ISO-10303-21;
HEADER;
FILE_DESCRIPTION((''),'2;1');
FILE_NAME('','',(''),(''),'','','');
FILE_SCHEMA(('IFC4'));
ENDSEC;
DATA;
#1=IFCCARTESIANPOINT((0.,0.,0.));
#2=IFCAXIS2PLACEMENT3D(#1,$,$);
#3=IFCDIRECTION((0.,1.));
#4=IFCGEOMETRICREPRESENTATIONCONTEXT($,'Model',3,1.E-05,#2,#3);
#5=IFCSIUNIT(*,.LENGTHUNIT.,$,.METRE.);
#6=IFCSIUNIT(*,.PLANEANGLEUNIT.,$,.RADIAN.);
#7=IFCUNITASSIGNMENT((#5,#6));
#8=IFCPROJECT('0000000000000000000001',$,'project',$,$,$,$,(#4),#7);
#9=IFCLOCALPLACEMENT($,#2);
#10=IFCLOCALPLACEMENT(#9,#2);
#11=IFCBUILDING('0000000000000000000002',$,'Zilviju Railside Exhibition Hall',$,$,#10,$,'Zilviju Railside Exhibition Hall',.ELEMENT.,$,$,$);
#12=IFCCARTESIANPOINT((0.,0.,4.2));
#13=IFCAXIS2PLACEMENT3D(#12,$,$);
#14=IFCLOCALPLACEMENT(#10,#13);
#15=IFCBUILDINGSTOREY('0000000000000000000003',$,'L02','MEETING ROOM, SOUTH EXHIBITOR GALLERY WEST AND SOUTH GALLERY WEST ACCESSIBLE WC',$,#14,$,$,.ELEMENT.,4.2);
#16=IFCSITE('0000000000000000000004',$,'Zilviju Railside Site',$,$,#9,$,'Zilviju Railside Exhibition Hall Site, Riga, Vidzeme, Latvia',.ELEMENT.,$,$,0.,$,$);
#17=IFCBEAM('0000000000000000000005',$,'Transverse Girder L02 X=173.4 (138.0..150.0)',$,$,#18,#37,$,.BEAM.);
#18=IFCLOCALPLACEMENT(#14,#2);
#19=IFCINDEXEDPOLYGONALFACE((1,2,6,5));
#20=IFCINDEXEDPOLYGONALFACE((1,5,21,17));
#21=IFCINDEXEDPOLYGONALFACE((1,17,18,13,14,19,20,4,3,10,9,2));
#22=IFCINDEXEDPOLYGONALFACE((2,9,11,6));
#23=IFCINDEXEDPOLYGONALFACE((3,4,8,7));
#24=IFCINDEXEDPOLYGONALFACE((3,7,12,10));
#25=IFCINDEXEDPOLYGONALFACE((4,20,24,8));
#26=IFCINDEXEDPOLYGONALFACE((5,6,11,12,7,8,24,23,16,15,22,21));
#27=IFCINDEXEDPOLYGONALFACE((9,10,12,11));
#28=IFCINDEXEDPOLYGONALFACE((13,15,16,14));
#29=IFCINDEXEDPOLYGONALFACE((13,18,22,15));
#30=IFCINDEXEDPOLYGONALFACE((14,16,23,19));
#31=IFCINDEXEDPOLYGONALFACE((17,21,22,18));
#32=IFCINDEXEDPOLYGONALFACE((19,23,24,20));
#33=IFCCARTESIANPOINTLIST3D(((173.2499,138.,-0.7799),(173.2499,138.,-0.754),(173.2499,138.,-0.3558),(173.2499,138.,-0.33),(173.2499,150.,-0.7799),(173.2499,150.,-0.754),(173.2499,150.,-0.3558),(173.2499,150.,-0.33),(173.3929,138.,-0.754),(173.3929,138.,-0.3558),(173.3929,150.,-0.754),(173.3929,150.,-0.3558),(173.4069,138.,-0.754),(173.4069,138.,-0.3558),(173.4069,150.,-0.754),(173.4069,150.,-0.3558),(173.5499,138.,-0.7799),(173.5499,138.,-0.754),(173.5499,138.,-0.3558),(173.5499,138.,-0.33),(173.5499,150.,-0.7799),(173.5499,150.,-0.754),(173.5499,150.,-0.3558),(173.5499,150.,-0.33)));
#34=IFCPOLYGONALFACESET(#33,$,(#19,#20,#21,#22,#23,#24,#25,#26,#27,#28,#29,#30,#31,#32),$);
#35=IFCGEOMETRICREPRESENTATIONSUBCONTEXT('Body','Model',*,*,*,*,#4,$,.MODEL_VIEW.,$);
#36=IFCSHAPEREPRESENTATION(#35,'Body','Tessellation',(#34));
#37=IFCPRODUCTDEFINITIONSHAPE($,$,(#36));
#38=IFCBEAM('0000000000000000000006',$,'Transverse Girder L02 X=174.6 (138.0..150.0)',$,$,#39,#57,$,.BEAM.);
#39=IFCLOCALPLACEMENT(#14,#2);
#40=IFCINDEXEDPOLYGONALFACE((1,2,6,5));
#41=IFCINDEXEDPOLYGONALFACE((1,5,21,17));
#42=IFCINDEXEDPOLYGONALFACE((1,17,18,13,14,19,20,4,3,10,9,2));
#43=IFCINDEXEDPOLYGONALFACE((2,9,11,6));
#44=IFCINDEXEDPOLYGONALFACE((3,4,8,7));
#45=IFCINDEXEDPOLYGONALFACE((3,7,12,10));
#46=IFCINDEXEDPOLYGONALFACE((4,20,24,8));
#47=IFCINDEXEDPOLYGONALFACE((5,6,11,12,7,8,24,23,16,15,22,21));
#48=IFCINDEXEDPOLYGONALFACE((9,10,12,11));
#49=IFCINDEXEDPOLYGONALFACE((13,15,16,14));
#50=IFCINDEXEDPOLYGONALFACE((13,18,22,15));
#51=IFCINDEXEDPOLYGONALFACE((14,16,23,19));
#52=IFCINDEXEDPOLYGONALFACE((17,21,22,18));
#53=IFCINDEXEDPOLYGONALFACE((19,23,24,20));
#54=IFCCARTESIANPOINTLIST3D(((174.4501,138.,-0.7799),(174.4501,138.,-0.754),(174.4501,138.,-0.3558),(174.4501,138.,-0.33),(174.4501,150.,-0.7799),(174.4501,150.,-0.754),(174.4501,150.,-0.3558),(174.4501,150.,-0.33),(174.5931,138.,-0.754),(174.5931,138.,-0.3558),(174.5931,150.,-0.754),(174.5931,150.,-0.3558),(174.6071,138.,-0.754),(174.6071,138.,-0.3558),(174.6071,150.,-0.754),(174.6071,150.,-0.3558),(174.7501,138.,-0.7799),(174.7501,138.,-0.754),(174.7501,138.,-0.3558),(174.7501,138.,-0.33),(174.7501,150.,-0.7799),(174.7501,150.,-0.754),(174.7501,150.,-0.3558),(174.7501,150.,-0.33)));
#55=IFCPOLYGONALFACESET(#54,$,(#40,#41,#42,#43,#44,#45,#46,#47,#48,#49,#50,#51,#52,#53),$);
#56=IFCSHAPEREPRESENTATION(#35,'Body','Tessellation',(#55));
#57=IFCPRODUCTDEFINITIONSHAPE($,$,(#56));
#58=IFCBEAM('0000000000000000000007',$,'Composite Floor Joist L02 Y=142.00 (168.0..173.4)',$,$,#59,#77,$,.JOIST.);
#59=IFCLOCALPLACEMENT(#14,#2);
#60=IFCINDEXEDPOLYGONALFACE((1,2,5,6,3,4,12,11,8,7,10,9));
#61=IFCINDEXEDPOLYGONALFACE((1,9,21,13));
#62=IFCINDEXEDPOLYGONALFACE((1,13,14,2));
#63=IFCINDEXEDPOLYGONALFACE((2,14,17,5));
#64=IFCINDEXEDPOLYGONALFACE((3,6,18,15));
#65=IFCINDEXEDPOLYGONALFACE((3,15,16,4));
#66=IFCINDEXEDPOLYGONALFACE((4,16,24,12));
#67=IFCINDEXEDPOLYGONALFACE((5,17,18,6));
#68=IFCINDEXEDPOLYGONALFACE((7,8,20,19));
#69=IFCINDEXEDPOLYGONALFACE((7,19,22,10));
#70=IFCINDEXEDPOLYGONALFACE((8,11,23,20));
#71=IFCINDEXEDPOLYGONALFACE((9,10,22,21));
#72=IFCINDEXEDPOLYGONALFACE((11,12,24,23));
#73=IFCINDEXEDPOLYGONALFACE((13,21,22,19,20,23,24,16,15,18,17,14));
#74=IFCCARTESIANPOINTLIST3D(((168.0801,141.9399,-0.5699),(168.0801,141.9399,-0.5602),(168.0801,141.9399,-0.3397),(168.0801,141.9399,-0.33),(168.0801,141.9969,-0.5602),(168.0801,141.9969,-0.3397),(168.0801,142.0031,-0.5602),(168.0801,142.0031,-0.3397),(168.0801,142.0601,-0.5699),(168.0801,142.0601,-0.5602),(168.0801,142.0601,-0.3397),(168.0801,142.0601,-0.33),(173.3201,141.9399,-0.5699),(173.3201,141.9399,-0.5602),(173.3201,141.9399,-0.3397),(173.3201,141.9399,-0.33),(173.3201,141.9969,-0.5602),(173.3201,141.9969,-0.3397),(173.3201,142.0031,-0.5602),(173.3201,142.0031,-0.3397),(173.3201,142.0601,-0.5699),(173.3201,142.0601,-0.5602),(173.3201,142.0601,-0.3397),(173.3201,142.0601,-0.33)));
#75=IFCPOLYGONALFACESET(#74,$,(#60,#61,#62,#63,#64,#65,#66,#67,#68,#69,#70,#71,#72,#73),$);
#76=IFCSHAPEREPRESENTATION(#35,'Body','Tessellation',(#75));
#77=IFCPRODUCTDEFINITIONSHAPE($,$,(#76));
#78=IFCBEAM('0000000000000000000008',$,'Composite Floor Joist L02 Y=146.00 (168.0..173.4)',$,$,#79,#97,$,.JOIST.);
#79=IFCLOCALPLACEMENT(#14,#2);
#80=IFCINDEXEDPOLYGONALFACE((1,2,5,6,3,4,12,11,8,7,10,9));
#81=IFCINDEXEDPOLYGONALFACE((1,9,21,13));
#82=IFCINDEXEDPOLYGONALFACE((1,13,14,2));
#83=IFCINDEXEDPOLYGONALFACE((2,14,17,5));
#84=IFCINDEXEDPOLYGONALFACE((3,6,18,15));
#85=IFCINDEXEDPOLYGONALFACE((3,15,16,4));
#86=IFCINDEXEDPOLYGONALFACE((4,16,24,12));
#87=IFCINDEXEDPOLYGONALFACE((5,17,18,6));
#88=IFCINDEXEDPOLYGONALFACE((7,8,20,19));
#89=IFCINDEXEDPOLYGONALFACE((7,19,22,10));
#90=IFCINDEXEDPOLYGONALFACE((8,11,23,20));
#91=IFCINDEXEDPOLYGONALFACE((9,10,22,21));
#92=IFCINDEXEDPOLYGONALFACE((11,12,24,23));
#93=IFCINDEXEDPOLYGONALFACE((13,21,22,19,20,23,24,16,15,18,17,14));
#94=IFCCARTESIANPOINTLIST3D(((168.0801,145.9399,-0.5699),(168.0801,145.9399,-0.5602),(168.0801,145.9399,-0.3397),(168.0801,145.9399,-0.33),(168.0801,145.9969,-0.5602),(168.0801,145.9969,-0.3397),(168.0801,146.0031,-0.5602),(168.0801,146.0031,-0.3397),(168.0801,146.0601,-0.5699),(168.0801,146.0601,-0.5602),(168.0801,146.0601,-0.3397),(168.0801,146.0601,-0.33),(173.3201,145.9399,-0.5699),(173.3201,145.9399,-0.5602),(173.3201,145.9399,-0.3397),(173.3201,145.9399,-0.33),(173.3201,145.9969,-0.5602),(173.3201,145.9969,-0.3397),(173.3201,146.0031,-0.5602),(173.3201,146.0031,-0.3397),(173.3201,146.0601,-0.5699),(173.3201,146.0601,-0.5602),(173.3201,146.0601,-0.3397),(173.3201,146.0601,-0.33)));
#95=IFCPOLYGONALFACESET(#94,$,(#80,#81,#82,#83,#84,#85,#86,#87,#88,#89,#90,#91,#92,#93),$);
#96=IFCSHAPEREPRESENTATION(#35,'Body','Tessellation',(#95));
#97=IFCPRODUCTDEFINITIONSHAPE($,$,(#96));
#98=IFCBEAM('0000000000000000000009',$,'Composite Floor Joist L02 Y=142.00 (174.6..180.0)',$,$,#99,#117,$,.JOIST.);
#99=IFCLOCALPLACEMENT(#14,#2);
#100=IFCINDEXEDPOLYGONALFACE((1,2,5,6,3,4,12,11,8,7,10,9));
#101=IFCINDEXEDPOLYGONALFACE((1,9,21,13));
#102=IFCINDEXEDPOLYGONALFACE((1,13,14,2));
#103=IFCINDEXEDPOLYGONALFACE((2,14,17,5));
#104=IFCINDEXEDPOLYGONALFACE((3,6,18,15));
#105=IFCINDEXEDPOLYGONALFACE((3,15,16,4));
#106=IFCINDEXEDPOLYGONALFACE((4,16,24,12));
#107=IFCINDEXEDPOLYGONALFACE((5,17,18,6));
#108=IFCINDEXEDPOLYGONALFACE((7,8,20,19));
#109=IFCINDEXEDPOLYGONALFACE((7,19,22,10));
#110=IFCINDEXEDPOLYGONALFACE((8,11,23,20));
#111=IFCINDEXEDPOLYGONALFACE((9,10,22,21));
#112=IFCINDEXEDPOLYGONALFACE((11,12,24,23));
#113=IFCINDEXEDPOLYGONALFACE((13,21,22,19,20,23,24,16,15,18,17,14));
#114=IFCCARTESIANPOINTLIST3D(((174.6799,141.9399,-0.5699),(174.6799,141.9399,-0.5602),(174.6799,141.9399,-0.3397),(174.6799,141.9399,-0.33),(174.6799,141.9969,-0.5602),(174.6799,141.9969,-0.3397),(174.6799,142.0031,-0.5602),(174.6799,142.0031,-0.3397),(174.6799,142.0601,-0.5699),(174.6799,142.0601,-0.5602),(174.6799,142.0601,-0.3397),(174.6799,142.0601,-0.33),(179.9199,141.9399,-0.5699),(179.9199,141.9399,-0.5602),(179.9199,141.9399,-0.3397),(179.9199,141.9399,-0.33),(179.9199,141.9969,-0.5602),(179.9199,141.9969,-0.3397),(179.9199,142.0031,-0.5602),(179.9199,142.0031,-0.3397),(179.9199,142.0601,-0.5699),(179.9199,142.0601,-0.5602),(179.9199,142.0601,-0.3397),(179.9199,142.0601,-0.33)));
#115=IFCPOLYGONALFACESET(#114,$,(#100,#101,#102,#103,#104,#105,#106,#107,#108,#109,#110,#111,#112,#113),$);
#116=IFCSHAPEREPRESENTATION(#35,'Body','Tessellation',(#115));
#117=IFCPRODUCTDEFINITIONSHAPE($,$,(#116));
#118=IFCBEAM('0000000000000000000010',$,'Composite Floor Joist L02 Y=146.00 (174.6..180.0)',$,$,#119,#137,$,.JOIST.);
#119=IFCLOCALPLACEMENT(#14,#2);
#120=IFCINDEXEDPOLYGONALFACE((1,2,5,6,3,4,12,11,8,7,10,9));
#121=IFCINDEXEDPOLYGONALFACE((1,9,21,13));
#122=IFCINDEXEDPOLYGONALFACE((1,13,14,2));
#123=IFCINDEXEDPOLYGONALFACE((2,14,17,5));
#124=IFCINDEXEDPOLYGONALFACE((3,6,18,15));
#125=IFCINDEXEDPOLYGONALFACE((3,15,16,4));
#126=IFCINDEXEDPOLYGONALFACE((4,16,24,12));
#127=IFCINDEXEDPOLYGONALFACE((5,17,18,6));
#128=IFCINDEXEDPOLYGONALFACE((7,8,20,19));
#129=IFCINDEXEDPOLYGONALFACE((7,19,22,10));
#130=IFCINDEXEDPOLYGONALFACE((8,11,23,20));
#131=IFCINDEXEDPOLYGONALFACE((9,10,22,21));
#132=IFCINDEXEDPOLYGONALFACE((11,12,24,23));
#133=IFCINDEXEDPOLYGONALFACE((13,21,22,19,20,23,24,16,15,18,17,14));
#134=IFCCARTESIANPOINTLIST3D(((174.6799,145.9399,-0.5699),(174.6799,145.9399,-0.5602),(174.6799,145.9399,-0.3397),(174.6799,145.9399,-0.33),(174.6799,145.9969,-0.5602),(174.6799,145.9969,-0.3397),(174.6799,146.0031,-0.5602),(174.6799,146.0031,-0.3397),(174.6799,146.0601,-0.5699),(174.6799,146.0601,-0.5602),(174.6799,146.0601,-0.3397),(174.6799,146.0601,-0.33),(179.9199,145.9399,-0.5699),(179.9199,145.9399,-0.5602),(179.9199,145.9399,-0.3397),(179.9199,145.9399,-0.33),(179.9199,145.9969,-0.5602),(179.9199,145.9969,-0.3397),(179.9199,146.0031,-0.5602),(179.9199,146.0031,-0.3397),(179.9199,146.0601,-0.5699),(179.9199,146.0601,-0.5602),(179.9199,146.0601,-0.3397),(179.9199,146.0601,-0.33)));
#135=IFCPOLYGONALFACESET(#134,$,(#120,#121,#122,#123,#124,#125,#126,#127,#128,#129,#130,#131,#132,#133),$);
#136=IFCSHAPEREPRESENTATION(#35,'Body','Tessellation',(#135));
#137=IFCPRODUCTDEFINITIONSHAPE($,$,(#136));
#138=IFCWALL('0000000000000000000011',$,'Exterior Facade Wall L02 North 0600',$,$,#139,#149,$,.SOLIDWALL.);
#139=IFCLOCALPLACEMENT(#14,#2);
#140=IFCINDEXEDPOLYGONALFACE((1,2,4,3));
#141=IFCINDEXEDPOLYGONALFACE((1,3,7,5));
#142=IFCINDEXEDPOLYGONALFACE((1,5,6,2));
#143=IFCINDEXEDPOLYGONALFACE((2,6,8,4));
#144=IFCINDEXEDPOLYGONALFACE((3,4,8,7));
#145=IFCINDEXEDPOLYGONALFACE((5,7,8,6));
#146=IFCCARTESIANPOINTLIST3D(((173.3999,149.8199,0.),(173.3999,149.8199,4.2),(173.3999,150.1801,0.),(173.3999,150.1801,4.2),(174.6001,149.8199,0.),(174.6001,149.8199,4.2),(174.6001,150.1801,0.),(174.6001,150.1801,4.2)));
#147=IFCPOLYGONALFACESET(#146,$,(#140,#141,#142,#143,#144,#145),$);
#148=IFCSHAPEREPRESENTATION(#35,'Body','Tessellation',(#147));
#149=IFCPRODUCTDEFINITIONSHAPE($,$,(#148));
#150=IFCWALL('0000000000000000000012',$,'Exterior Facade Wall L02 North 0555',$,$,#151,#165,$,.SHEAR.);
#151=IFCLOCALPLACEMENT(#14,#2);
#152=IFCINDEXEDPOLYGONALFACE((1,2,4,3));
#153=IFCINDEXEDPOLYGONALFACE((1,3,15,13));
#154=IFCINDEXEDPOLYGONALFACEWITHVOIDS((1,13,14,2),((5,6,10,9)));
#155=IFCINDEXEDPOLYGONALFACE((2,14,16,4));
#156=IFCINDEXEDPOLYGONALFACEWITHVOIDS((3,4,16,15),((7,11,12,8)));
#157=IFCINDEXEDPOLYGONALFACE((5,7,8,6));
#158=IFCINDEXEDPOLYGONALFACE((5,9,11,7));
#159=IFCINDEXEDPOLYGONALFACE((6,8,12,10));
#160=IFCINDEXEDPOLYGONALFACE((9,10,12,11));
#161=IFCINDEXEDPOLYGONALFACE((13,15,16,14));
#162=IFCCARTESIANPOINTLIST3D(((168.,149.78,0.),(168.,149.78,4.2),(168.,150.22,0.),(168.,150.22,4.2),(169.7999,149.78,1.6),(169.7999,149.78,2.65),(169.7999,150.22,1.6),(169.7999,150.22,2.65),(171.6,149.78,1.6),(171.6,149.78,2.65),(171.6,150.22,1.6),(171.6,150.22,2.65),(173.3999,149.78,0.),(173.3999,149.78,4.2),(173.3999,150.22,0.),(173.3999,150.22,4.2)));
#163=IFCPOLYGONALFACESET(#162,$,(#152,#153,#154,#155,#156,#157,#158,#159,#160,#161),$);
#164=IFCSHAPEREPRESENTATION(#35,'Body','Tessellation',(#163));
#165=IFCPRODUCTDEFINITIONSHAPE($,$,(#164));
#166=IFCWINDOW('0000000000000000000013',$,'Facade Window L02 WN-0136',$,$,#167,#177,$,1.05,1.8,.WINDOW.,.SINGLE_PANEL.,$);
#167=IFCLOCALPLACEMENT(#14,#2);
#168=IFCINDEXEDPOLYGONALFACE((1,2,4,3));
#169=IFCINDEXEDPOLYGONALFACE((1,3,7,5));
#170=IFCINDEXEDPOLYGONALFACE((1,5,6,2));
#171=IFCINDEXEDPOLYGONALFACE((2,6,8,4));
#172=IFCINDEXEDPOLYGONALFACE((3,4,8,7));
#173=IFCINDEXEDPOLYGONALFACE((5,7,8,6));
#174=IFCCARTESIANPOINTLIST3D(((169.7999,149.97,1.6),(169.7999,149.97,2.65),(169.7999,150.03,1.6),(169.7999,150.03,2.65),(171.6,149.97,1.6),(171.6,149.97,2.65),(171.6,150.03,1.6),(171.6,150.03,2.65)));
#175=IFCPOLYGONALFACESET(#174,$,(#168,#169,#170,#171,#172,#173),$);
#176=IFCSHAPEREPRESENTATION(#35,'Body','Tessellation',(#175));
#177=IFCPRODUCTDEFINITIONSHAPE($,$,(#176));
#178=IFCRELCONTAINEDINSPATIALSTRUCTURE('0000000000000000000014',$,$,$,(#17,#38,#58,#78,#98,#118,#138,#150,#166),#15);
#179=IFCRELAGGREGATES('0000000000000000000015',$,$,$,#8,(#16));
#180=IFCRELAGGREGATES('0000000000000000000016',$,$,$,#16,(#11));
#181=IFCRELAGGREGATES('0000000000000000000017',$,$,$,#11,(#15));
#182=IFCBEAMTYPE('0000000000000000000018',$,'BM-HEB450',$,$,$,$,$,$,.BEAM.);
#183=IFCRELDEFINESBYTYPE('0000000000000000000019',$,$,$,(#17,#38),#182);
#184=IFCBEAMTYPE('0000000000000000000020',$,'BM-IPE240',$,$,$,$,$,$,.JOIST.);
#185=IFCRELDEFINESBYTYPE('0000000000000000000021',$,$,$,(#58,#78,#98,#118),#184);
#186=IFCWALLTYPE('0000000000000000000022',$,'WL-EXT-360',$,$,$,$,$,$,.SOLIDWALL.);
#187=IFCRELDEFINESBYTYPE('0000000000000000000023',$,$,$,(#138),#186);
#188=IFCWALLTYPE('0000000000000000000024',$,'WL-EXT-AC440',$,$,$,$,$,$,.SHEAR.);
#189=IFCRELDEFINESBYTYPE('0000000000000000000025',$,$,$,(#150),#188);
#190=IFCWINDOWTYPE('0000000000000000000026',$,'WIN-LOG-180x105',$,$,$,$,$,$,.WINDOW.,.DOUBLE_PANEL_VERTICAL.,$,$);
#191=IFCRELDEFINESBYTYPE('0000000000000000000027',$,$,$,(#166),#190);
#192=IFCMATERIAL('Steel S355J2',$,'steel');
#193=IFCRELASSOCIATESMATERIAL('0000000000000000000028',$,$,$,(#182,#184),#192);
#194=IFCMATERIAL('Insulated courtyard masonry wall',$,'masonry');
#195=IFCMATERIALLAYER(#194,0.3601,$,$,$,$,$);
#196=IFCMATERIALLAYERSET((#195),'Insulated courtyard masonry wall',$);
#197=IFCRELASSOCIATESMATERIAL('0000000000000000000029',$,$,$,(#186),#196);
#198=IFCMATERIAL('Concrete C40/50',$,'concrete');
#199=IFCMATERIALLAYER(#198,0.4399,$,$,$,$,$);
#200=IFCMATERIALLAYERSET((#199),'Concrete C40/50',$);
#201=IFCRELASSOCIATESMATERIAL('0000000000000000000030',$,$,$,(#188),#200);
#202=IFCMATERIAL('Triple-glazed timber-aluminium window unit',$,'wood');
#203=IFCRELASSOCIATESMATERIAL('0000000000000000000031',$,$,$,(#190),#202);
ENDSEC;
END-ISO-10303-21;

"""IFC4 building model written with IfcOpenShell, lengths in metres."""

from ifc_helpers import new_model, si_unit, direction, frame, frame_2d, origin, origin_2d, place, context, subcontext, project, spatial, rectangle, i_section, extrude, material, layer, layer_set, material_profile, profile_set, type_object, element, fill, save


model = new_model("IFC4")

# Units and contexts
model_context = context("Model", 3, precision=1e-05, world=origin(), true_north=direction((0.0, 1.0)))
body_context = subcontext(model_context, "Body", "Model", "MODEL_VIEW")
ifc_project = project(units=[si_unit("LENGTHUNIT", "METRE"), si_unit("PLANEANGLEUNIT", "RADIAN")], contexts=[model_context])

# Site, building, storey
site_placement = place(None, origin())
site = spatial("IfcSite", under=ifc_project, at=site_placement, Name="Zilviju Railside Site", LongName="Zilviju Railside Exhibition Hall Site, Riga, Vidzeme, Latvia", CompositionType="ELEMENT", RefElevation=0.0)
building_placement = place(site_placement, origin())
building = spatial("IfcBuilding", under=site, at=building_placement, Name="Zilviju Railside Exhibition Hall", LongName="Zilviju Railside Exhibition Hall", CompositionType="ELEMENT")
storey_placement = place(building_placement, frame((0.0, 0.0, 4.2)))
storey = spatial("IfcBuildingStorey", under=building, at=storey_placement, Name="L02", Description="MEETING ROOM, SOUTH EXHIBITOR GALLERY WEST AND SOUTH GALLERY WEST ACCESSIBLE WC", CompositionType="ELEMENT", Elevation=4.2)

# Shared definitions
ifc_material_1 = material(Name="Concrete C40/50", Category="concrete")

# Beams
ifc_material_2 = material(Name="Steel S355J2", Category="steel")
ifc_material_profile_1 = material_profile(ifc_material_2, i_section(OverallWidth=0.3, OverallDepth=0.45, WebThickness=0.0139, FlangeThickness=0.0259, at=origin_2d()), Name="HEB 450")
ifc_profile_set_1 = profile_set([ifc_material_profile_1], Name="Steel S355J2")
beam_type_1 = type_object("IfcBeamType", Name="BM-HEB450", PredefinedType="BEAM", material=ifc_profile_set_1)
for number, where, z_axis, x_axis, name in (
    (1, (173.3999, 138.0, -0.5549), (0.0, 1.0, 0.0), (-1.0, 0.0, 0.0), "Transverse Girder L02 X=173.4 (138.0..150.0)"),
    (2, (174.6001, 138.0, -0.5549), (0.0, 1.0, 0.0), (-1.0, 0.0, 0.0), "Transverse Girder L02 X=174.6 (138.0..150.0)"),
):
    element("IfcBeam", number, at=place(storey_placement, frame(where, z_axis=z_axis, x_axis=x_axis)), inside=storey, type_object=beam_type_1, Name=name, PredefinedType="BEAM", context=body_context, shape_type="SweptSolid", body=[
        extrude(i_section(OverallWidth=0.3, OverallDepth=0.45, WebThickness=0.0139, FlangeThickness=0.0259, at=origin_2d()), origin(), (0.0, 0.0, 1.0), 12.0),
    ])
ifc_material_profile_2 = material_profile(ifc_material_2, i_section(OverallWidth=0.1201, OverallDepth=0.24, WebThickness=0.0061, FlangeThickness=0.0098, at=origin_2d()), Name="IPE 240")
ifc_profile_set_2 = profile_set([ifc_material_profile_2], Name="Steel S355J2")
beam_type_2 = type_object("IfcBeamType", Name="BM-IPE240", PredefinedType="JOIST", material=ifc_profile_set_2)
for number, where, z_axis, x_axis, name in (
    (3, (168.0801, 142.0, -0.45), (1.0, 0.0, 0.0), (0.0, 1.0, 0.0), "Composite Floor Joist L02 Y=142.00 (168.0..173.4)"),
    (4, (168.0801, 146.0, -0.45), (1.0, 0.0, 0.0), (0.0, 1.0, 0.0), "Composite Floor Joist L02 Y=146.00 (168.0..173.4)"),
    (5, (174.6799, 142.0, -0.45), (1.0, 0.0, 0.0), (0.0, 1.0, 0.0), "Composite Floor Joist L02 Y=142.00 (174.6..180.0)"),
    (6, (174.6799, 146.0, -0.45), (1.0, 0.0, 0.0), (0.0, 1.0, 0.0), "Composite Floor Joist L02 Y=146.00 (174.6..180.0)"),
):
    element("IfcBeam", number, at=place(storey_placement, frame(where, z_axis=z_axis, x_axis=x_axis)), inside=storey, type_object=beam_type_2, Name=name, PredefinedType="JOIST", context=body_context, shape_type="SweptSolid", body=[
        extrude(i_section(OverallWidth=0.1201, OverallDepth=0.24, WebThickness=0.0061, FlangeThickness=0.0098, at=origin_2d()), origin(), (0.0, 0.0, 1.0), 5.24),
    ])

# Wall
ifc_material_3 = material(Name="Insulated courtyard masonry wall", Category="masonry")
ifc_layer_1 = layer(ifc_material_3, 0.3601)
ifc_layer_set_1 = layer_set([ifc_layer_1], Name="Insulated courtyard masonry wall")
wall_type_1 = type_object("IfcWallType", Name="WL-EXT-360", PredefinedType="SOLIDWALL", material=ifc_layer_set_1)
wall_1_placement = place(storey_placement, frame((173.3999, 150.0, 0.0), z_axis=(0.0, 0.0, 1.0), x_axis=(1.0, 0.0, 0.0)))
element("IfcWall", 7, at=wall_1_placement, inside=storey, type_object=wall_type_1, Name="Exterior Facade Wall L02 North 0600", PredefinedType="SOLIDWALL", context=body_context, shape_type="SweptSolid", body=[
    extrude(rectangle(XDim=1.2002, YDim=0.3601, at=frame_2d((0.6001, 0.0))), origin(), (0.0, 0.0, 1.0), 4.2),
])

# Wall, opening, window
ifc_layer_2 = layer(ifc_material_1, 0.4399)
ifc_layer_set_2 = layer_set([ifc_layer_2], Name="Concrete C40/50")
wall_type_2 = type_object("IfcWallType", Name="WL-EXT-AC440", PredefinedType="SHEAR", material=ifc_layer_set_2)
wall_2_placement = place(storey_placement, frame((168.0, 150.0, 0.0), z_axis=(0.0, 0.0, 1.0), x_axis=(1.0, 0.0, 0.0)))
wall_2 = element("IfcWall", 8, at=wall_2_placement, inside=storey, type_object=wall_type_2, Name="Exterior Facade Wall L02 North 0555", PredefinedType="SHEAR", context=body_context, shape_type="SweptSolid", body=[
    extrude(rectangle(XDim=5.3999, YDim=0.4399, at=frame_2d((2.7, 0.0))), origin(), (0.0, 0.0, 1.0), 4.2),
])
opening_1_placement = place(wall_2_placement, frame((1.8, 0.0, 1.6001)))
opening_1 = element("IfcOpeningElement", 9, at=opening_1_placement, cuts=wall_2, PredefinedType="OPENING", context=body_context, shape_type="SweptSolid", body=[
    extrude(rectangle(XDim=1.8, YDim=1.05, at=frame_2d((0.8999, 0.5249))), frame((0.0, 0.23, 0.0), z_axis=(0.0, -1.0, 0.0), x_axis=(1.0, 0.0, 0.0)), (0.0, 0.0, 1.0), 0.46),
])
ifc_material_4 = material(Name="Triple-glazed timber-aluminium window unit", Category="wood")
window_type_1 = type_object("IfcWindowType", Name="WIN-LOG-180x105", PartitioningType="DOUBLE_PANEL_VERTICAL", PredefinedType="WINDOW", material=ifc_material_4)
window_1_placement = place(opening_1_placement, origin())
window_1 = element("IfcWindow", 10, at=window_1_placement, inside=storey, type_object=window_type_1, Name="Facade Window L02 WN-0136", OverallHeight=1.05, OverallWidth=1.8, PartitioningType="SINGLE_PANEL", PredefinedType="WINDOW", context=body_context, shape_type="SweptSolid", body=[
    extrude(rectangle(XDim=1.8, YDim=1.05, at=frame_2d((0.8999, 0.5249))), frame((0.0, 0.03, 0.0), z_axis=(0.0, -1.0, 0.0), x_axis=(1.0, 0.0, 0.0)), (0.0, 0.0, 1.0), 0.0601),
])
fill(opening_1, window_1)

save(model, "model.ifc")
